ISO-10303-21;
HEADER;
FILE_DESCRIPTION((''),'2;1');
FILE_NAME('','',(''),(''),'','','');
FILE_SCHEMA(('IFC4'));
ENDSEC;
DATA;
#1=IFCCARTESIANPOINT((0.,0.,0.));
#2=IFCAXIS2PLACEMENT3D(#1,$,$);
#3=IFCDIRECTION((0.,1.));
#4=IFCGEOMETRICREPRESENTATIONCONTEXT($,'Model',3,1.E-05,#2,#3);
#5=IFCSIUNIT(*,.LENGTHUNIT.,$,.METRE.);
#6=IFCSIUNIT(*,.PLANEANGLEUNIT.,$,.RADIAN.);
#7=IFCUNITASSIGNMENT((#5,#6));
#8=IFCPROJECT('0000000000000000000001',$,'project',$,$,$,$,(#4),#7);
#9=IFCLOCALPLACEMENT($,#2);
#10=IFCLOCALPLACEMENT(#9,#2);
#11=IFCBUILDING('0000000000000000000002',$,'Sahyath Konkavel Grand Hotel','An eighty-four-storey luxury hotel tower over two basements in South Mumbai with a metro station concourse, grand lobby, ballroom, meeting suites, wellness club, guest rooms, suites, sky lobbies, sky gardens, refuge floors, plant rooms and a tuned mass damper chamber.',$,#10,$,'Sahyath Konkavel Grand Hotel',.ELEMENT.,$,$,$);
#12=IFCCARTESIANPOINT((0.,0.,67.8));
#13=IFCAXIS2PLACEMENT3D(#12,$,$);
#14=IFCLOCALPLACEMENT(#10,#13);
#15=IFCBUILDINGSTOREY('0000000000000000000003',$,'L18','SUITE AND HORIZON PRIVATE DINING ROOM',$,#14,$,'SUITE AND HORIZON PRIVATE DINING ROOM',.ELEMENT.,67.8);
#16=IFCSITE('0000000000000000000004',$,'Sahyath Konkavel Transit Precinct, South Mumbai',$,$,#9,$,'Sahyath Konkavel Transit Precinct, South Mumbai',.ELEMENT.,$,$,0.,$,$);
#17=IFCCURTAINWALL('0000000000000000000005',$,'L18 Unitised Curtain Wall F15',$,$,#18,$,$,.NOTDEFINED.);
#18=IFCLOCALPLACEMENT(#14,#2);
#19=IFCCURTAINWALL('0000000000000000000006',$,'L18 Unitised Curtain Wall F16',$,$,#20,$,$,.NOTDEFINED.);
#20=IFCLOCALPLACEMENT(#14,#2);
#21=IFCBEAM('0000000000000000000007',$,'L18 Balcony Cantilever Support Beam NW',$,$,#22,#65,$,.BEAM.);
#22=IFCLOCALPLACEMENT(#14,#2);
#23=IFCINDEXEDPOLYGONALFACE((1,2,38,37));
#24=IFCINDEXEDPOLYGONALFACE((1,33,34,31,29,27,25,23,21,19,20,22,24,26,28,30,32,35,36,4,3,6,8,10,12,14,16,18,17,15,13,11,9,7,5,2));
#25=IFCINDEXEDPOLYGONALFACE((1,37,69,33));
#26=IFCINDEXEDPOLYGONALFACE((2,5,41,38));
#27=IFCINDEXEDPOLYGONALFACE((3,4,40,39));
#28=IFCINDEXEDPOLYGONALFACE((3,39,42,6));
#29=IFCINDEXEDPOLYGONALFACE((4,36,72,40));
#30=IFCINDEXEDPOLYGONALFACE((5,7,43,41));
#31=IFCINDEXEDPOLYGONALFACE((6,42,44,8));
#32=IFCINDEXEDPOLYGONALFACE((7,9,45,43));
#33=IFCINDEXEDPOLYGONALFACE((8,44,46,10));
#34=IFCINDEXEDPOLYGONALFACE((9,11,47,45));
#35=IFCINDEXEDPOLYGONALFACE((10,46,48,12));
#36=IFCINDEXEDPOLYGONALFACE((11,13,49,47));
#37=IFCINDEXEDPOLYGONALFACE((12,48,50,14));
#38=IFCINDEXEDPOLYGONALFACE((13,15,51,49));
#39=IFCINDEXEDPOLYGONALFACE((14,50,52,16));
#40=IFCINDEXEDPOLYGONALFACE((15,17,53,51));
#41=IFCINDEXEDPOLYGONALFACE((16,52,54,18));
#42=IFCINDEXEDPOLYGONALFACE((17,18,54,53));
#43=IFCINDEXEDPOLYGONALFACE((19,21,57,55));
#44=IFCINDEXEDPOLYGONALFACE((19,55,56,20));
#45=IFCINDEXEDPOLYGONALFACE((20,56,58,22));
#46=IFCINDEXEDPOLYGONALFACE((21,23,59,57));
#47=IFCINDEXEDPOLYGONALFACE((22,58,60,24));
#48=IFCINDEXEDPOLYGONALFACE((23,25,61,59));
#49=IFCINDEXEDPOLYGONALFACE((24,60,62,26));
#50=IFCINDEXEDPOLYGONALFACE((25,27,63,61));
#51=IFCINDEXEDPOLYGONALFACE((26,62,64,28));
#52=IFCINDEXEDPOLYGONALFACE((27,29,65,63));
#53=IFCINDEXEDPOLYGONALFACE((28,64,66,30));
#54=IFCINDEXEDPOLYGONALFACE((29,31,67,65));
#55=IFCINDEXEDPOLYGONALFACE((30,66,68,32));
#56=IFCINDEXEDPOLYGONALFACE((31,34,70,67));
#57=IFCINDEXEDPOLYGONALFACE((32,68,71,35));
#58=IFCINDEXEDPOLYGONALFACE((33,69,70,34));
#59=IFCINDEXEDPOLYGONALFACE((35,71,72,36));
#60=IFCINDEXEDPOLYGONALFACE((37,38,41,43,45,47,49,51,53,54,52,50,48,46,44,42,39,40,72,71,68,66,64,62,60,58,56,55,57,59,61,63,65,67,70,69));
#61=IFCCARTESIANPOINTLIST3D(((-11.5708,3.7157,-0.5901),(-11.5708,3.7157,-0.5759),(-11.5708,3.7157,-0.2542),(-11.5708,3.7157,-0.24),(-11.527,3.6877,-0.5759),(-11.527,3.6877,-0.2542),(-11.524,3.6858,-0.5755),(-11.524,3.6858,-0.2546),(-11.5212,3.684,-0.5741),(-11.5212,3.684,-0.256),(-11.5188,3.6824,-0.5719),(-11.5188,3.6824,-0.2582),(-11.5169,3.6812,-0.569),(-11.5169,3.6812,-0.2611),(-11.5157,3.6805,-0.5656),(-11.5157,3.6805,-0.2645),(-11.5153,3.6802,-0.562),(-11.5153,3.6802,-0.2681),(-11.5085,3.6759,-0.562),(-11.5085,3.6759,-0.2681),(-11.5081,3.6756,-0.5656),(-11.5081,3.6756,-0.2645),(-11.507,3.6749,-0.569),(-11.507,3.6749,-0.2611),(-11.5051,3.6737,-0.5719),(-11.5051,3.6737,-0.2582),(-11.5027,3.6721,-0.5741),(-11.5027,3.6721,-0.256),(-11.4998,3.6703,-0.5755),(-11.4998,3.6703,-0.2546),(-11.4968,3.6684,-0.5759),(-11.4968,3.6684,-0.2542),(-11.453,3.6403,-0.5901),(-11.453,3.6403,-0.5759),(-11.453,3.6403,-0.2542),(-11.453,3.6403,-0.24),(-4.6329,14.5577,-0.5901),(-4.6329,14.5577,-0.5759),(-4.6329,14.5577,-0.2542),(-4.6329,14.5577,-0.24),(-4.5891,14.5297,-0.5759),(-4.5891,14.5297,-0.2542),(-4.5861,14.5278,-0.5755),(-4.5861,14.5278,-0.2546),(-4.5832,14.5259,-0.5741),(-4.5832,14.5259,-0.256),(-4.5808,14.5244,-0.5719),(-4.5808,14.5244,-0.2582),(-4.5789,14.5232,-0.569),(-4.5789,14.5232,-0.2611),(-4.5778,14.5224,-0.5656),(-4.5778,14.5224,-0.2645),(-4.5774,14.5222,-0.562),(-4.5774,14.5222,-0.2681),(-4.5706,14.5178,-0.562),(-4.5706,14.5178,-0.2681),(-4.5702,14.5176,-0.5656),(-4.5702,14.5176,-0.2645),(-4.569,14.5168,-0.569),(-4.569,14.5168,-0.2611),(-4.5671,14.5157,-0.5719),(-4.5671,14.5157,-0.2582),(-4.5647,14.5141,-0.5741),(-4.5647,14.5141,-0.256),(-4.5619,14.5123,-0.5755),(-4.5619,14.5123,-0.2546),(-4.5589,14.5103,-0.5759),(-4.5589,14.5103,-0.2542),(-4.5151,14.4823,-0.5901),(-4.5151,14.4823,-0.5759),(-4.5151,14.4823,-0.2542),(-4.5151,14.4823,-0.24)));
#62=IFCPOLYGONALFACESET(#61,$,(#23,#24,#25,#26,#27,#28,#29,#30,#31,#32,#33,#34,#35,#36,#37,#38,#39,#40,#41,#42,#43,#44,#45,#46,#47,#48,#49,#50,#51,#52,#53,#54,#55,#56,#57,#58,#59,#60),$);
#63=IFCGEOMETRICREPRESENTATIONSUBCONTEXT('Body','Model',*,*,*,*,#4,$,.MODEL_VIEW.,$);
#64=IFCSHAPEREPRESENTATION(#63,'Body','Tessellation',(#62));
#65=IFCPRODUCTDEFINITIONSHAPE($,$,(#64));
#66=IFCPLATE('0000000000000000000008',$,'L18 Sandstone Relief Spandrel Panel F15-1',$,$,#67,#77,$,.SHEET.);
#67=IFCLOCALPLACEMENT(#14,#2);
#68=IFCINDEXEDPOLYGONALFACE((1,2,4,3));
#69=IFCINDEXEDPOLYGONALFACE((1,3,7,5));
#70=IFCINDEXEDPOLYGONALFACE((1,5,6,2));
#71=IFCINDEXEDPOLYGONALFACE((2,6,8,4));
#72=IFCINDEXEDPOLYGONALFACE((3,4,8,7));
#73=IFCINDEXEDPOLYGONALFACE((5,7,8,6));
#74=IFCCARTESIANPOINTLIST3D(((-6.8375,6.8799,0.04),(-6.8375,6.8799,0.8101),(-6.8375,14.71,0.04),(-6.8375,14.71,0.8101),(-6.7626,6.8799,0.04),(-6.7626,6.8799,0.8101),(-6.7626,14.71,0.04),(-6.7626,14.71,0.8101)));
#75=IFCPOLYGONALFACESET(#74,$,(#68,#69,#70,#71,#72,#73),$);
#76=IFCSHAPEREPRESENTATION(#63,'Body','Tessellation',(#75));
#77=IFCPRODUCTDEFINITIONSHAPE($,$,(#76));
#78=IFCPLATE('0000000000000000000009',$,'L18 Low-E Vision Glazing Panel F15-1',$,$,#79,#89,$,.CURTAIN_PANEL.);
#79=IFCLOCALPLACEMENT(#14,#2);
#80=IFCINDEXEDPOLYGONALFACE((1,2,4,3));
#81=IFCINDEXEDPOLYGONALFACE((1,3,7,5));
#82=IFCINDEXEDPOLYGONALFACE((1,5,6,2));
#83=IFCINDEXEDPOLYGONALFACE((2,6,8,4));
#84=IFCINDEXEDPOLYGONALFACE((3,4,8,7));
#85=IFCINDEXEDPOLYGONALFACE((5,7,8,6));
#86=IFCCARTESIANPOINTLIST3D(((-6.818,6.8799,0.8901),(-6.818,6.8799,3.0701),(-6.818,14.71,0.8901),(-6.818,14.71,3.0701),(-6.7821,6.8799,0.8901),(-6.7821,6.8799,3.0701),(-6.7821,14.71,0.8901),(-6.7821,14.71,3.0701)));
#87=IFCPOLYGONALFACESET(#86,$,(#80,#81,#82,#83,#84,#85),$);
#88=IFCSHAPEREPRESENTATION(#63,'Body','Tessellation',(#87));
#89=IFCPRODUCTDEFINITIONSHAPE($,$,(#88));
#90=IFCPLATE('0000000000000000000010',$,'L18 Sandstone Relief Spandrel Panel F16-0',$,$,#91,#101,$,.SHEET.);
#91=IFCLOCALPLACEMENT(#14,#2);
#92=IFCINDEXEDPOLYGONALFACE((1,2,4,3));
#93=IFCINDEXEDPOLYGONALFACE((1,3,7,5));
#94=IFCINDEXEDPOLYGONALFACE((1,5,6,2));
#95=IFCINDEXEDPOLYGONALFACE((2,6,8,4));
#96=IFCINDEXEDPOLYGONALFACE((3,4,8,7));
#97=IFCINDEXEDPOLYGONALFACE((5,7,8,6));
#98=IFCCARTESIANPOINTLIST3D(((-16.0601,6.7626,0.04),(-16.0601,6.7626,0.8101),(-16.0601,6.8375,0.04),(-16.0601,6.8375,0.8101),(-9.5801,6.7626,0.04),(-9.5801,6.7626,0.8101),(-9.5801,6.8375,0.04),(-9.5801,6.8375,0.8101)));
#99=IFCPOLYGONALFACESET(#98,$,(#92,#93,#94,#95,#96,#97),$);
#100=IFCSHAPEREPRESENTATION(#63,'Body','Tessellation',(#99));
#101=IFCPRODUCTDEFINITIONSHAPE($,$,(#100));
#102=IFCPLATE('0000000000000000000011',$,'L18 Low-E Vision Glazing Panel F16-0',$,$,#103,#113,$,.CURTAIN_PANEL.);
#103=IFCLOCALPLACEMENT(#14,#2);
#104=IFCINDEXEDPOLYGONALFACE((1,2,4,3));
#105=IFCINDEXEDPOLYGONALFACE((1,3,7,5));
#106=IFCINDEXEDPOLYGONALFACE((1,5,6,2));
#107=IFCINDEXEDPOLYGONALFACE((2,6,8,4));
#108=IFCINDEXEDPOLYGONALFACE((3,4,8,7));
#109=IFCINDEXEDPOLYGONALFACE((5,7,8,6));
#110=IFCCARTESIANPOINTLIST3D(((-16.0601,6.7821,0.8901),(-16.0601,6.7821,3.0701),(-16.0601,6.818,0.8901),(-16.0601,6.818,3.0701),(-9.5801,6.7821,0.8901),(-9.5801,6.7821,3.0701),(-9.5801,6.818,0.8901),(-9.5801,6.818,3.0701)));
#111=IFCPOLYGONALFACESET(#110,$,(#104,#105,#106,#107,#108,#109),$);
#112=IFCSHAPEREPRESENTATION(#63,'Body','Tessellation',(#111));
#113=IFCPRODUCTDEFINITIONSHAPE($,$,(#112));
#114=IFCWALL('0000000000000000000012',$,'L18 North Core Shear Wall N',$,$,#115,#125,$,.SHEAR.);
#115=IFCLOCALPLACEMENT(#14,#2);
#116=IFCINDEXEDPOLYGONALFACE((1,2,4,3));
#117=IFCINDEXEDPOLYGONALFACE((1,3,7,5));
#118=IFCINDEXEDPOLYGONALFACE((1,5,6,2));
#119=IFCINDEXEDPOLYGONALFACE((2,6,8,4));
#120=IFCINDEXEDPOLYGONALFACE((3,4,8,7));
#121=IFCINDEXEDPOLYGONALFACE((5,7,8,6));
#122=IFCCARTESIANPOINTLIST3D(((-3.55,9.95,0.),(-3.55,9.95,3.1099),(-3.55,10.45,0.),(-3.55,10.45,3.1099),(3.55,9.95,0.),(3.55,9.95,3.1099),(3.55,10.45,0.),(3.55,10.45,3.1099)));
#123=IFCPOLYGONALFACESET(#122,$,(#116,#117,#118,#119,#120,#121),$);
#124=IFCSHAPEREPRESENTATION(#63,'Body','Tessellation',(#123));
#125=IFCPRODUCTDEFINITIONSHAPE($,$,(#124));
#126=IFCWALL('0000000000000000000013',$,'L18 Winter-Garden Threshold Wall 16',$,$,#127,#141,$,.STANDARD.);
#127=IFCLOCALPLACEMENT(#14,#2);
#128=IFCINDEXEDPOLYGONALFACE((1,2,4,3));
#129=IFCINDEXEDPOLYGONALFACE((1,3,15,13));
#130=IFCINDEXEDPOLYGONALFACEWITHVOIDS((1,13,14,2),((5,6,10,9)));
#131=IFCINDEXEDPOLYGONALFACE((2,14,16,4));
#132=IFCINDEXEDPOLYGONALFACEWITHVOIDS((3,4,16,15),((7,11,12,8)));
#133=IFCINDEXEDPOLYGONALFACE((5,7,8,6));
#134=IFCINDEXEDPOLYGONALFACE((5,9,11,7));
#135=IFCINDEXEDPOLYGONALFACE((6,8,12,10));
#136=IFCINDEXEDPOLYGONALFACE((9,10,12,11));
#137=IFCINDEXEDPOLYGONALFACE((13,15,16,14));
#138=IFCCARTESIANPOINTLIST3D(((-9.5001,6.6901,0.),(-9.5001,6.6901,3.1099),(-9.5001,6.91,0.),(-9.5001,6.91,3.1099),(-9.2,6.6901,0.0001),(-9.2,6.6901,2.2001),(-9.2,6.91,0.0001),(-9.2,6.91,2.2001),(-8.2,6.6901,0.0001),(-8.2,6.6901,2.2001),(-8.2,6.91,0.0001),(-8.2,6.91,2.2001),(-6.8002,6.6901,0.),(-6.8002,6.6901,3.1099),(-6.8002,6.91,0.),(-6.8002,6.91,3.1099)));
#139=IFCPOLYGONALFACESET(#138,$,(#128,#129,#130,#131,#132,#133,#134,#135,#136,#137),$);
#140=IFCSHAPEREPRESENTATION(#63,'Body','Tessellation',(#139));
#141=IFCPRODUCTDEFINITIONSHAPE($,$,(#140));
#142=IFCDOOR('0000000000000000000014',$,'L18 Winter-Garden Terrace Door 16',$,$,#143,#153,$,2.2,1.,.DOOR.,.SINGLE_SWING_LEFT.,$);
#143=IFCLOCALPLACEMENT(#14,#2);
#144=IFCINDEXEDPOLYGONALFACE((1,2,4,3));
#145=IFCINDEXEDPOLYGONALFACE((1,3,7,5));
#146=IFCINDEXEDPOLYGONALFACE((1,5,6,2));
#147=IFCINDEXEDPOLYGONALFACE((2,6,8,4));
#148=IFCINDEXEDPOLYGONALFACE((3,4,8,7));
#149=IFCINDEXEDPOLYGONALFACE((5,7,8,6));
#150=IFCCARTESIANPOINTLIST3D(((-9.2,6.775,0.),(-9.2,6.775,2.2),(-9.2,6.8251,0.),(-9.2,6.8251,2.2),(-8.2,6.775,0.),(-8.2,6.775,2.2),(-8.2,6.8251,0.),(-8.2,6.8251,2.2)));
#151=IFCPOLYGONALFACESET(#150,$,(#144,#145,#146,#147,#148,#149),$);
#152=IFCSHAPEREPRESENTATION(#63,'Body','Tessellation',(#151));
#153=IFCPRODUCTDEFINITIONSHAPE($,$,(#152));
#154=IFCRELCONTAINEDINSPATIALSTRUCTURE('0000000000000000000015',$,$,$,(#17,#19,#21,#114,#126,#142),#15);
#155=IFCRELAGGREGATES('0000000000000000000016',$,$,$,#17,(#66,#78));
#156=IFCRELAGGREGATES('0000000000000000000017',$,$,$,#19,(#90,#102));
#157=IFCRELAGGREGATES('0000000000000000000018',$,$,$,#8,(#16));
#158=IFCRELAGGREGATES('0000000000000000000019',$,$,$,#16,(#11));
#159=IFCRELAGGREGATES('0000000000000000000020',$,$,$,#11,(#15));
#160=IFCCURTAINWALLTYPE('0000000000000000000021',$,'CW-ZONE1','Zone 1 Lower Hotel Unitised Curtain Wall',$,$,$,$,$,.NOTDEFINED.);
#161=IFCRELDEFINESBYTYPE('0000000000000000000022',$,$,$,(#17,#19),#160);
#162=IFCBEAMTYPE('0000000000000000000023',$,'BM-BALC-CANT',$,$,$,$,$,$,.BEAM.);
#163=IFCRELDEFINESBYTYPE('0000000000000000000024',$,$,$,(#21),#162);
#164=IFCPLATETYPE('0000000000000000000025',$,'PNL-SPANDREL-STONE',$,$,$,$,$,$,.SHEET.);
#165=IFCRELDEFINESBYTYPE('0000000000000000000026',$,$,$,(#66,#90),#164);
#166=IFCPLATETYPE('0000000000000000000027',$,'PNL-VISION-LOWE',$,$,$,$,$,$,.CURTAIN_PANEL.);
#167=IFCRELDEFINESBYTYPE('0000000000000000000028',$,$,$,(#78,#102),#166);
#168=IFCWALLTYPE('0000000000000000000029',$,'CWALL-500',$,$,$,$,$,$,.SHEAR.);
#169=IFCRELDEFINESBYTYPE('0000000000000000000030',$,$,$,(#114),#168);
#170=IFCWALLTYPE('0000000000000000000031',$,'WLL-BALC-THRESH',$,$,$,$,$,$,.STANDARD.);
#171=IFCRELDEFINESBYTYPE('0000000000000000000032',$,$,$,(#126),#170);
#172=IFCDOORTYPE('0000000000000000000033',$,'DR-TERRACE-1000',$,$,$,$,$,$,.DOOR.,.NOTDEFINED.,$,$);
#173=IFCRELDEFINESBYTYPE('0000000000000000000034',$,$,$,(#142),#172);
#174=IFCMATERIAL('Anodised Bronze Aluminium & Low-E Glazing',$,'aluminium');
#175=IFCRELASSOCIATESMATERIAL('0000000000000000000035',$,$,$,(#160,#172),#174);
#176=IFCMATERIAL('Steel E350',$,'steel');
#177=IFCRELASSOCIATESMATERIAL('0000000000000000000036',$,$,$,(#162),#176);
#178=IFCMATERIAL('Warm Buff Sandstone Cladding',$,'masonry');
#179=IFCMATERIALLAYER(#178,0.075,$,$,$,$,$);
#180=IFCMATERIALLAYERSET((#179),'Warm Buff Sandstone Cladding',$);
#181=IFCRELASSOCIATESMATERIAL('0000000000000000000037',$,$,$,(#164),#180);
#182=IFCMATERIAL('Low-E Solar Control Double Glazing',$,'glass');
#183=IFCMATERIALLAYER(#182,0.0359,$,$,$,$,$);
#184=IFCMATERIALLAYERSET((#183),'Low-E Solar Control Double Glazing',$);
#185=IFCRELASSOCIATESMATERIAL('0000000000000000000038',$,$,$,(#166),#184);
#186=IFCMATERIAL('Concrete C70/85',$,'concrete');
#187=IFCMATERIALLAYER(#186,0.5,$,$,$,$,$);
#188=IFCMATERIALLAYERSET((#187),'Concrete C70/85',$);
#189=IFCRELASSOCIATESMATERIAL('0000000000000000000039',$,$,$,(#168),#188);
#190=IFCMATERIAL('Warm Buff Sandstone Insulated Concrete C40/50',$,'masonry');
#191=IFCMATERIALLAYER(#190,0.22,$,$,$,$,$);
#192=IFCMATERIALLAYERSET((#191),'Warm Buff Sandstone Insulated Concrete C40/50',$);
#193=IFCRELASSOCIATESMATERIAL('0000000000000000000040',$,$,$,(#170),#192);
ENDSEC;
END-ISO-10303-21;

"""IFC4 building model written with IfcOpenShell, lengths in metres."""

from ifc_helpers import new_model, si_unit, direction, frame, frame_2d, origin, origin_2d, place, context, subcontext, project, spatial, rectangle, i_section, extrude, source, transform, mapped, material, layer, layer_set, material_profile, profile_set, type_object, element, fill, aggregate, save


model = new_model("IFC4")

# Units and contexts
model_context = context("Model", 3, precision=1e-05, world=origin(), true_north=direction((0.0, 1.0)))
body_context = subcontext(model_context, "Body", "Model", "MODEL_VIEW")
ifc_project = project(units=[si_unit("LENGTHUNIT", "METRE"), si_unit("PLANEANGLEUNIT", "RADIAN")], contexts=[model_context])

# Site, building, storey
site_placement = place(None, origin())
site = spatial("IfcSite", under=ifc_project, at=site_placement, Name="Sahyath Konkavel Transit Precinct, South Mumbai", LongName="Sahyath Konkavel Transit Precinct, South Mumbai", CompositionType="ELEMENT", RefElevation=0.0)
building_placement = place(site_placement, origin())
building = spatial("IfcBuilding", under=site, at=building_placement, Name="Sahyath Konkavel Grand Hotel", Description="An eighty-four-storey luxury hotel tower over two basements in South Mumbai with a metro station concourse, grand lobby, ballroom, meeting suites, wellness club, guest rooms, suites, sky lobbies, sky gardens, refuge floors, plant rooms and a tuned mass damper chamber.", LongName="Sahyath Konkavel Grand Hotel", CompositionType="ELEMENT")
storey_placement = place(building_placement, frame((0.0, 0.0, 67.8)))
storey = spatial("IfcBuildingStorey", under=building, at=storey_placement, Name="L18", Description="SUITE AND HORIZON PRIVATE DINING ROOM", LongName="SUITE AND HORIZON PRIVATE DINING ROOM", CompositionType="ELEMENT", Elevation=67.8)

# Shared definitions
ifc_material_1 = material(Name="Concrete C70/85", Category="concrete")

# Shared definitions
ifc_material_2 = material(Name="Steel E350", Category="steel")

# Curtain wall
ifc_material_3 = material(Name="Anodised Bronze Aluminium & Low-E Glazing", Category="aluminium")
curtain_wall_type = type_object("IfcCurtainWallType", Name="CW-ZONE1", Description="Zone 1 Lower Hotel Unitised Curtain Wall", PredefinedType="NOTDEFINED", material=ifc_material_3)
curtain_wall_1_placement = place(storey_placement, origin())
curtain_wall_1 = element("IfcCurtainWall", 1, at=curtain_wall_1_placement, inside=storey, type_object=curtain_wall_type, Name="L18 Unitised Curtain Wall F15", PredefinedType="NOTDEFINED")

# Curtain wall
curtain_wall_2_placement = place(storey_placement, origin())
curtain_wall_2 = element("IfcCurtainWall", 2, at=curtain_wall_2_placement, inside=storey, type_object=curtain_wall_type, Name="L18 Unitised Curtain Wall F16", PredefinedType="NOTDEFINED")

# Beam
ifc_material_profile_1 = material_profile(ifc_material_2, i_section(OverallWidth=0.1399, OverallDepth=0.3501, WebThickness=0.0081, FlangeThickness=0.0142, FilletRadius=0.0139, at=origin_2d()), Name="ISMB 350")
ifc_profile_set_1 = profile_set([ifc_material_profile_1], Name="Steel E350")
beam_type_1 = type_object("IfcBeamType", Name="BM-BALC-CANT", PredefinedType="BEAM", material=ifc_profile_set_1)
shared_shape_1 = source(origin(), body_context, "Body", "SweptSolid", [
    extrude(i_section(OverallWidth=0.1399, OverallDepth=0.3501, WebThickness=0.0081, FlangeThickness=0.0142, FilletRadius=0.0139, at=origin_2d()), origin(), (0.0, 0.0, 1.0), 12.8718),
])
beam_1_placement = place(storey_placement, frame((-4.574, 14.52, -0.415), z_axis=(-0.539003, -0.842304, 0.0), x_axis=(0.842304, -0.539003, 0.0)))
element("IfcBeam", 3, at=beam_1_placement, inside=storey, type_object=beam_type_1, Name="L18 Balcony Cantilever Support Beam NW", PredefinedType="BEAM", context=body_context, shape_type="MappedRepresentation", body=[
    mapped(shared_shape_1, transform((0.0, 0.0, 0.0), scale=1.0)),
])

# Plates
ifc_material_4 = material(Name="Warm Buff Sandstone Cladding", Category="masonry")
ifc_layer_1 = layer(ifc_material_4, 0.075)
ifc_layer_set_1 = layer_set([ifc_layer_1], Name="Warm Buff Sandstone Cladding")
plate_type_1 = type_object("IfcPlateType", Name="PNL-SPANDREL-STONE", PredefinedType="SHEET", material=ifc_layer_set_1)
shared_shape_2 = source(origin(), body_context, "Body", "SweptSolid", [
    extrude(rectangle(XDim=7.8301, YDim=0.075, at=origin_2d()), origin(), (0.0, 0.0, 1.0), 0.77),
])
plate_1_placement = place(storey_placement, frame((-6.8, 10.7949, 0.04), z_axis=(0.0, 0.0, 1.0), x_axis=(0.0, -1.0, 0.0)))
plate_1 = element("IfcPlate", 4, at=plate_1_placement, type_object=plate_type_1, Name="L18 Sandstone Relief Spandrel Panel F15-1", PredefinedType="SHEET", context=body_context, shape_type="MappedRepresentation", body=[
    mapped(shared_shape_2, transform((0.0, 0.0, 0.0), scale=1.0)),
])
ifc_material_5 = material(Name="Low-E Solar Control Double Glazing", Category="glass")
ifc_layer_2 = layer(ifc_material_5, 0.0359)
ifc_layer_set_2 = layer_set([ifc_layer_2], Name="Low-E Solar Control Double Glazing")
plate_type_2 = type_object("IfcPlateType", Name="PNL-VISION-LOWE", PredefinedType="CURTAIN_PANEL", material=ifc_layer_set_2)
shared_shape_3 = source(origin(), body_context, "Body", "SweptSolid", [
    extrude(rectangle(XDim=7.8301, YDim=0.0359, at=origin_2d()), origin(), (0.0, 0.0, 1.0), 2.1799),
])
plate_2_placement = place(storey_placement, frame((-6.8, 10.7949, 0.8901), z_axis=(0.0, 0.0, 1.0), x_axis=(0.0, -1.0, 0.0)))
plate_2 = element("IfcPlate", 5, at=plate_2_placement, type_object=plate_type_2, Name="L18 Low-E Vision Glazing Panel F15-1", PredefinedType="CURTAIN_PANEL", context=body_context, shape_type="MappedRepresentation", body=[
    mapped(shared_shape_3, transform((0.0, 0.0, 0.0), scale=1.0)),
])
aggregate(curtain_wall_1, [plate_1, plate_2])
shared_shape_4 = source(origin(), body_context, "Body", "SweptSolid", [
    extrude(rectangle(XDim=6.48, YDim=0.075, at=origin_2d()), origin(), (0.0, 0.0, 1.0), 0.77),
])
plate_3_placement = place(storey_placement, frame((-12.8201, 6.8, 0.04), z_axis=(0.0, 0.0, 1.0), x_axis=(-1.0, 0.0, 0.0)))
plate_3 = element("IfcPlate", 6, at=plate_3_placement, type_object=plate_type_1, Name="L18 Sandstone Relief Spandrel Panel F16-0", PredefinedType="SHEET", context=body_context, shape_type="MappedRepresentation", body=[
    mapped(shared_shape_4, transform((0.0, 0.0, 0.0), scale=1.0)),
])
shared_shape_5 = source(origin(), body_context, "Body", "SweptSolid", [
    extrude(rectangle(XDim=6.48, YDim=0.0359, at=origin_2d()), origin(), (0.0, 0.0, 1.0), 2.1799),
])
plate_4_placement = place(storey_placement, frame((-12.8201, 6.8, 0.8901), z_axis=(0.0, 0.0, 1.0), x_axis=(-1.0, 0.0, 0.0)))
plate_4 = element("IfcPlate", 7, at=plate_4_placement, type_object=plate_type_2, Name="L18 Low-E Vision Glazing Panel F16-0", PredefinedType="CURTAIN_PANEL", context=body_context, shape_type="MappedRepresentation", body=[
    mapped(shared_shape_5, transform((0.0, 0.0, 0.0), scale=1.0)),
])
aggregate(curtain_wall_2, [plate_3, plate_4])

# Wall
ifc_layer_3 = layer(ifc_material_1, 0.5)
ifc_layer_set_3 = layer_set([ifc_layer_3], Name="Concrete C70/85")
wall_type_1 = type_object("IfcWallType", Name="CWALL-500", PredefinedType="SHEAR", material=ifc_layer_set_3)
wall_1_placement = place(storey_placement, frame((-3.55, 10.2, 0.0), z_axis=(0.0, 0.0, 1.0), x_axis=(1.0, 0.0, 0.0)))
element("IfcWall", 8, at=wall_1_placement, inside=storey, type_object=wall_type_1, Name="L18 North Core Shear Wall N", PredefinedType="SHEAR", context=body_context, shape_type="SweptSolid", body=[
    extrude(rectangle(XDim=7.1001, YDim=0.5, at=frame_2d((3.55, 0.0))), origin(), (0.0, 0.0, 1.0), 3.1099),
])

# Wall, opening, door
ifc_material_6 = material(Name="Warm Buff Sandstone Insulated Concrete C40/50", Category="masonry")
ifc_layer_4 = layer(ifc_material_6, 0.22)
ifc_layer_set_4 = layer_set([ifc_layer_4], Name="Warm Buff Sandstone Insulated Concrete C40/50")
wall_type_2 = type_object("IfcWallType", Name="WLL-BALC-THRESH", PredefinedType="STANDARD", material=ifc_layer_set_4)
wall_2_placement = place(storey_placement, frame((-6.8, 6.8, 0.0), z_axis=(0.0, 0.0, 1.0), x_axis=(-1.0, 0.0, 0.0)))
wall_2 = element("IfcWall", 9, at=wall_2_placement, inside=storey, type_object=wall_type_2, Name="L18 Winter-Garden Threshold Wall 16", PredefinedType="STANDARD", context=body_context, shape_type="SweptSolid", body=[
    extrude(rectangle(XDim=2.7, YDim=0.22, at=frame_2d((1.3501, 0.0))), origin(), (0.0, 0.0, 1.0), 3.1099),
])
opening_1_placement = place(wall_2_placement, frame((1.3999, 0.0, 0.0)))
opening_1 = element("IfcOpeningElement", 10, at=opening_1_placement, cuts=wall_2, PredefinedType="OPENING", context=body_context, shape_type="SweptSolid", body=[
    extrude(rectangle(XDim=1.0, YDim=2.2, at=frame_2d((0.5, 1.1001))), frame((0.0, 0.1201, 0.0), z_axis=(0.0, -1.0, 0.0), x_axis=(1.0, 0.0, 0.0)), (0.0, 0.0, 1.0), 0.24),
])
door_type_1 = type_object("IfcDoorType", Name="DR-TERRACE-1000", OperationType="NOTDEFINED", PredefinedType="DOOR", material=ifc_material_3)
shared_shape_6 = source(origin(), body_context, "Body", "SweptSolid", [
    extrude(rectangle(XDim=1.0, YDim=0.05, at=origin_2d()), origin(), (0.0, 0.0, 1.0), 2.2),
])
door_1_placement = place(opening_1_placement, frame((0.5, 0.0, 0.0)))
door_1 = element("IfcDoor", 11, at=door_1_placement, inside=storey, type_object=door_type_1, Name="L18 Winter-Garden Terrace Door 16", OperationType="SINGLE_SWING_LEFT", OverallHeight=2.2, OverallWidth=1.0, PredefinedType="DOOR", context=body_context, shape_type="MappedRepresentation", body=[
    mapped(shared_shape_6, transform((0.0, 0.0, 0.0), scale=1.0)),
])
fill(opening_1, door_1)

save(model, "model.ifc")
